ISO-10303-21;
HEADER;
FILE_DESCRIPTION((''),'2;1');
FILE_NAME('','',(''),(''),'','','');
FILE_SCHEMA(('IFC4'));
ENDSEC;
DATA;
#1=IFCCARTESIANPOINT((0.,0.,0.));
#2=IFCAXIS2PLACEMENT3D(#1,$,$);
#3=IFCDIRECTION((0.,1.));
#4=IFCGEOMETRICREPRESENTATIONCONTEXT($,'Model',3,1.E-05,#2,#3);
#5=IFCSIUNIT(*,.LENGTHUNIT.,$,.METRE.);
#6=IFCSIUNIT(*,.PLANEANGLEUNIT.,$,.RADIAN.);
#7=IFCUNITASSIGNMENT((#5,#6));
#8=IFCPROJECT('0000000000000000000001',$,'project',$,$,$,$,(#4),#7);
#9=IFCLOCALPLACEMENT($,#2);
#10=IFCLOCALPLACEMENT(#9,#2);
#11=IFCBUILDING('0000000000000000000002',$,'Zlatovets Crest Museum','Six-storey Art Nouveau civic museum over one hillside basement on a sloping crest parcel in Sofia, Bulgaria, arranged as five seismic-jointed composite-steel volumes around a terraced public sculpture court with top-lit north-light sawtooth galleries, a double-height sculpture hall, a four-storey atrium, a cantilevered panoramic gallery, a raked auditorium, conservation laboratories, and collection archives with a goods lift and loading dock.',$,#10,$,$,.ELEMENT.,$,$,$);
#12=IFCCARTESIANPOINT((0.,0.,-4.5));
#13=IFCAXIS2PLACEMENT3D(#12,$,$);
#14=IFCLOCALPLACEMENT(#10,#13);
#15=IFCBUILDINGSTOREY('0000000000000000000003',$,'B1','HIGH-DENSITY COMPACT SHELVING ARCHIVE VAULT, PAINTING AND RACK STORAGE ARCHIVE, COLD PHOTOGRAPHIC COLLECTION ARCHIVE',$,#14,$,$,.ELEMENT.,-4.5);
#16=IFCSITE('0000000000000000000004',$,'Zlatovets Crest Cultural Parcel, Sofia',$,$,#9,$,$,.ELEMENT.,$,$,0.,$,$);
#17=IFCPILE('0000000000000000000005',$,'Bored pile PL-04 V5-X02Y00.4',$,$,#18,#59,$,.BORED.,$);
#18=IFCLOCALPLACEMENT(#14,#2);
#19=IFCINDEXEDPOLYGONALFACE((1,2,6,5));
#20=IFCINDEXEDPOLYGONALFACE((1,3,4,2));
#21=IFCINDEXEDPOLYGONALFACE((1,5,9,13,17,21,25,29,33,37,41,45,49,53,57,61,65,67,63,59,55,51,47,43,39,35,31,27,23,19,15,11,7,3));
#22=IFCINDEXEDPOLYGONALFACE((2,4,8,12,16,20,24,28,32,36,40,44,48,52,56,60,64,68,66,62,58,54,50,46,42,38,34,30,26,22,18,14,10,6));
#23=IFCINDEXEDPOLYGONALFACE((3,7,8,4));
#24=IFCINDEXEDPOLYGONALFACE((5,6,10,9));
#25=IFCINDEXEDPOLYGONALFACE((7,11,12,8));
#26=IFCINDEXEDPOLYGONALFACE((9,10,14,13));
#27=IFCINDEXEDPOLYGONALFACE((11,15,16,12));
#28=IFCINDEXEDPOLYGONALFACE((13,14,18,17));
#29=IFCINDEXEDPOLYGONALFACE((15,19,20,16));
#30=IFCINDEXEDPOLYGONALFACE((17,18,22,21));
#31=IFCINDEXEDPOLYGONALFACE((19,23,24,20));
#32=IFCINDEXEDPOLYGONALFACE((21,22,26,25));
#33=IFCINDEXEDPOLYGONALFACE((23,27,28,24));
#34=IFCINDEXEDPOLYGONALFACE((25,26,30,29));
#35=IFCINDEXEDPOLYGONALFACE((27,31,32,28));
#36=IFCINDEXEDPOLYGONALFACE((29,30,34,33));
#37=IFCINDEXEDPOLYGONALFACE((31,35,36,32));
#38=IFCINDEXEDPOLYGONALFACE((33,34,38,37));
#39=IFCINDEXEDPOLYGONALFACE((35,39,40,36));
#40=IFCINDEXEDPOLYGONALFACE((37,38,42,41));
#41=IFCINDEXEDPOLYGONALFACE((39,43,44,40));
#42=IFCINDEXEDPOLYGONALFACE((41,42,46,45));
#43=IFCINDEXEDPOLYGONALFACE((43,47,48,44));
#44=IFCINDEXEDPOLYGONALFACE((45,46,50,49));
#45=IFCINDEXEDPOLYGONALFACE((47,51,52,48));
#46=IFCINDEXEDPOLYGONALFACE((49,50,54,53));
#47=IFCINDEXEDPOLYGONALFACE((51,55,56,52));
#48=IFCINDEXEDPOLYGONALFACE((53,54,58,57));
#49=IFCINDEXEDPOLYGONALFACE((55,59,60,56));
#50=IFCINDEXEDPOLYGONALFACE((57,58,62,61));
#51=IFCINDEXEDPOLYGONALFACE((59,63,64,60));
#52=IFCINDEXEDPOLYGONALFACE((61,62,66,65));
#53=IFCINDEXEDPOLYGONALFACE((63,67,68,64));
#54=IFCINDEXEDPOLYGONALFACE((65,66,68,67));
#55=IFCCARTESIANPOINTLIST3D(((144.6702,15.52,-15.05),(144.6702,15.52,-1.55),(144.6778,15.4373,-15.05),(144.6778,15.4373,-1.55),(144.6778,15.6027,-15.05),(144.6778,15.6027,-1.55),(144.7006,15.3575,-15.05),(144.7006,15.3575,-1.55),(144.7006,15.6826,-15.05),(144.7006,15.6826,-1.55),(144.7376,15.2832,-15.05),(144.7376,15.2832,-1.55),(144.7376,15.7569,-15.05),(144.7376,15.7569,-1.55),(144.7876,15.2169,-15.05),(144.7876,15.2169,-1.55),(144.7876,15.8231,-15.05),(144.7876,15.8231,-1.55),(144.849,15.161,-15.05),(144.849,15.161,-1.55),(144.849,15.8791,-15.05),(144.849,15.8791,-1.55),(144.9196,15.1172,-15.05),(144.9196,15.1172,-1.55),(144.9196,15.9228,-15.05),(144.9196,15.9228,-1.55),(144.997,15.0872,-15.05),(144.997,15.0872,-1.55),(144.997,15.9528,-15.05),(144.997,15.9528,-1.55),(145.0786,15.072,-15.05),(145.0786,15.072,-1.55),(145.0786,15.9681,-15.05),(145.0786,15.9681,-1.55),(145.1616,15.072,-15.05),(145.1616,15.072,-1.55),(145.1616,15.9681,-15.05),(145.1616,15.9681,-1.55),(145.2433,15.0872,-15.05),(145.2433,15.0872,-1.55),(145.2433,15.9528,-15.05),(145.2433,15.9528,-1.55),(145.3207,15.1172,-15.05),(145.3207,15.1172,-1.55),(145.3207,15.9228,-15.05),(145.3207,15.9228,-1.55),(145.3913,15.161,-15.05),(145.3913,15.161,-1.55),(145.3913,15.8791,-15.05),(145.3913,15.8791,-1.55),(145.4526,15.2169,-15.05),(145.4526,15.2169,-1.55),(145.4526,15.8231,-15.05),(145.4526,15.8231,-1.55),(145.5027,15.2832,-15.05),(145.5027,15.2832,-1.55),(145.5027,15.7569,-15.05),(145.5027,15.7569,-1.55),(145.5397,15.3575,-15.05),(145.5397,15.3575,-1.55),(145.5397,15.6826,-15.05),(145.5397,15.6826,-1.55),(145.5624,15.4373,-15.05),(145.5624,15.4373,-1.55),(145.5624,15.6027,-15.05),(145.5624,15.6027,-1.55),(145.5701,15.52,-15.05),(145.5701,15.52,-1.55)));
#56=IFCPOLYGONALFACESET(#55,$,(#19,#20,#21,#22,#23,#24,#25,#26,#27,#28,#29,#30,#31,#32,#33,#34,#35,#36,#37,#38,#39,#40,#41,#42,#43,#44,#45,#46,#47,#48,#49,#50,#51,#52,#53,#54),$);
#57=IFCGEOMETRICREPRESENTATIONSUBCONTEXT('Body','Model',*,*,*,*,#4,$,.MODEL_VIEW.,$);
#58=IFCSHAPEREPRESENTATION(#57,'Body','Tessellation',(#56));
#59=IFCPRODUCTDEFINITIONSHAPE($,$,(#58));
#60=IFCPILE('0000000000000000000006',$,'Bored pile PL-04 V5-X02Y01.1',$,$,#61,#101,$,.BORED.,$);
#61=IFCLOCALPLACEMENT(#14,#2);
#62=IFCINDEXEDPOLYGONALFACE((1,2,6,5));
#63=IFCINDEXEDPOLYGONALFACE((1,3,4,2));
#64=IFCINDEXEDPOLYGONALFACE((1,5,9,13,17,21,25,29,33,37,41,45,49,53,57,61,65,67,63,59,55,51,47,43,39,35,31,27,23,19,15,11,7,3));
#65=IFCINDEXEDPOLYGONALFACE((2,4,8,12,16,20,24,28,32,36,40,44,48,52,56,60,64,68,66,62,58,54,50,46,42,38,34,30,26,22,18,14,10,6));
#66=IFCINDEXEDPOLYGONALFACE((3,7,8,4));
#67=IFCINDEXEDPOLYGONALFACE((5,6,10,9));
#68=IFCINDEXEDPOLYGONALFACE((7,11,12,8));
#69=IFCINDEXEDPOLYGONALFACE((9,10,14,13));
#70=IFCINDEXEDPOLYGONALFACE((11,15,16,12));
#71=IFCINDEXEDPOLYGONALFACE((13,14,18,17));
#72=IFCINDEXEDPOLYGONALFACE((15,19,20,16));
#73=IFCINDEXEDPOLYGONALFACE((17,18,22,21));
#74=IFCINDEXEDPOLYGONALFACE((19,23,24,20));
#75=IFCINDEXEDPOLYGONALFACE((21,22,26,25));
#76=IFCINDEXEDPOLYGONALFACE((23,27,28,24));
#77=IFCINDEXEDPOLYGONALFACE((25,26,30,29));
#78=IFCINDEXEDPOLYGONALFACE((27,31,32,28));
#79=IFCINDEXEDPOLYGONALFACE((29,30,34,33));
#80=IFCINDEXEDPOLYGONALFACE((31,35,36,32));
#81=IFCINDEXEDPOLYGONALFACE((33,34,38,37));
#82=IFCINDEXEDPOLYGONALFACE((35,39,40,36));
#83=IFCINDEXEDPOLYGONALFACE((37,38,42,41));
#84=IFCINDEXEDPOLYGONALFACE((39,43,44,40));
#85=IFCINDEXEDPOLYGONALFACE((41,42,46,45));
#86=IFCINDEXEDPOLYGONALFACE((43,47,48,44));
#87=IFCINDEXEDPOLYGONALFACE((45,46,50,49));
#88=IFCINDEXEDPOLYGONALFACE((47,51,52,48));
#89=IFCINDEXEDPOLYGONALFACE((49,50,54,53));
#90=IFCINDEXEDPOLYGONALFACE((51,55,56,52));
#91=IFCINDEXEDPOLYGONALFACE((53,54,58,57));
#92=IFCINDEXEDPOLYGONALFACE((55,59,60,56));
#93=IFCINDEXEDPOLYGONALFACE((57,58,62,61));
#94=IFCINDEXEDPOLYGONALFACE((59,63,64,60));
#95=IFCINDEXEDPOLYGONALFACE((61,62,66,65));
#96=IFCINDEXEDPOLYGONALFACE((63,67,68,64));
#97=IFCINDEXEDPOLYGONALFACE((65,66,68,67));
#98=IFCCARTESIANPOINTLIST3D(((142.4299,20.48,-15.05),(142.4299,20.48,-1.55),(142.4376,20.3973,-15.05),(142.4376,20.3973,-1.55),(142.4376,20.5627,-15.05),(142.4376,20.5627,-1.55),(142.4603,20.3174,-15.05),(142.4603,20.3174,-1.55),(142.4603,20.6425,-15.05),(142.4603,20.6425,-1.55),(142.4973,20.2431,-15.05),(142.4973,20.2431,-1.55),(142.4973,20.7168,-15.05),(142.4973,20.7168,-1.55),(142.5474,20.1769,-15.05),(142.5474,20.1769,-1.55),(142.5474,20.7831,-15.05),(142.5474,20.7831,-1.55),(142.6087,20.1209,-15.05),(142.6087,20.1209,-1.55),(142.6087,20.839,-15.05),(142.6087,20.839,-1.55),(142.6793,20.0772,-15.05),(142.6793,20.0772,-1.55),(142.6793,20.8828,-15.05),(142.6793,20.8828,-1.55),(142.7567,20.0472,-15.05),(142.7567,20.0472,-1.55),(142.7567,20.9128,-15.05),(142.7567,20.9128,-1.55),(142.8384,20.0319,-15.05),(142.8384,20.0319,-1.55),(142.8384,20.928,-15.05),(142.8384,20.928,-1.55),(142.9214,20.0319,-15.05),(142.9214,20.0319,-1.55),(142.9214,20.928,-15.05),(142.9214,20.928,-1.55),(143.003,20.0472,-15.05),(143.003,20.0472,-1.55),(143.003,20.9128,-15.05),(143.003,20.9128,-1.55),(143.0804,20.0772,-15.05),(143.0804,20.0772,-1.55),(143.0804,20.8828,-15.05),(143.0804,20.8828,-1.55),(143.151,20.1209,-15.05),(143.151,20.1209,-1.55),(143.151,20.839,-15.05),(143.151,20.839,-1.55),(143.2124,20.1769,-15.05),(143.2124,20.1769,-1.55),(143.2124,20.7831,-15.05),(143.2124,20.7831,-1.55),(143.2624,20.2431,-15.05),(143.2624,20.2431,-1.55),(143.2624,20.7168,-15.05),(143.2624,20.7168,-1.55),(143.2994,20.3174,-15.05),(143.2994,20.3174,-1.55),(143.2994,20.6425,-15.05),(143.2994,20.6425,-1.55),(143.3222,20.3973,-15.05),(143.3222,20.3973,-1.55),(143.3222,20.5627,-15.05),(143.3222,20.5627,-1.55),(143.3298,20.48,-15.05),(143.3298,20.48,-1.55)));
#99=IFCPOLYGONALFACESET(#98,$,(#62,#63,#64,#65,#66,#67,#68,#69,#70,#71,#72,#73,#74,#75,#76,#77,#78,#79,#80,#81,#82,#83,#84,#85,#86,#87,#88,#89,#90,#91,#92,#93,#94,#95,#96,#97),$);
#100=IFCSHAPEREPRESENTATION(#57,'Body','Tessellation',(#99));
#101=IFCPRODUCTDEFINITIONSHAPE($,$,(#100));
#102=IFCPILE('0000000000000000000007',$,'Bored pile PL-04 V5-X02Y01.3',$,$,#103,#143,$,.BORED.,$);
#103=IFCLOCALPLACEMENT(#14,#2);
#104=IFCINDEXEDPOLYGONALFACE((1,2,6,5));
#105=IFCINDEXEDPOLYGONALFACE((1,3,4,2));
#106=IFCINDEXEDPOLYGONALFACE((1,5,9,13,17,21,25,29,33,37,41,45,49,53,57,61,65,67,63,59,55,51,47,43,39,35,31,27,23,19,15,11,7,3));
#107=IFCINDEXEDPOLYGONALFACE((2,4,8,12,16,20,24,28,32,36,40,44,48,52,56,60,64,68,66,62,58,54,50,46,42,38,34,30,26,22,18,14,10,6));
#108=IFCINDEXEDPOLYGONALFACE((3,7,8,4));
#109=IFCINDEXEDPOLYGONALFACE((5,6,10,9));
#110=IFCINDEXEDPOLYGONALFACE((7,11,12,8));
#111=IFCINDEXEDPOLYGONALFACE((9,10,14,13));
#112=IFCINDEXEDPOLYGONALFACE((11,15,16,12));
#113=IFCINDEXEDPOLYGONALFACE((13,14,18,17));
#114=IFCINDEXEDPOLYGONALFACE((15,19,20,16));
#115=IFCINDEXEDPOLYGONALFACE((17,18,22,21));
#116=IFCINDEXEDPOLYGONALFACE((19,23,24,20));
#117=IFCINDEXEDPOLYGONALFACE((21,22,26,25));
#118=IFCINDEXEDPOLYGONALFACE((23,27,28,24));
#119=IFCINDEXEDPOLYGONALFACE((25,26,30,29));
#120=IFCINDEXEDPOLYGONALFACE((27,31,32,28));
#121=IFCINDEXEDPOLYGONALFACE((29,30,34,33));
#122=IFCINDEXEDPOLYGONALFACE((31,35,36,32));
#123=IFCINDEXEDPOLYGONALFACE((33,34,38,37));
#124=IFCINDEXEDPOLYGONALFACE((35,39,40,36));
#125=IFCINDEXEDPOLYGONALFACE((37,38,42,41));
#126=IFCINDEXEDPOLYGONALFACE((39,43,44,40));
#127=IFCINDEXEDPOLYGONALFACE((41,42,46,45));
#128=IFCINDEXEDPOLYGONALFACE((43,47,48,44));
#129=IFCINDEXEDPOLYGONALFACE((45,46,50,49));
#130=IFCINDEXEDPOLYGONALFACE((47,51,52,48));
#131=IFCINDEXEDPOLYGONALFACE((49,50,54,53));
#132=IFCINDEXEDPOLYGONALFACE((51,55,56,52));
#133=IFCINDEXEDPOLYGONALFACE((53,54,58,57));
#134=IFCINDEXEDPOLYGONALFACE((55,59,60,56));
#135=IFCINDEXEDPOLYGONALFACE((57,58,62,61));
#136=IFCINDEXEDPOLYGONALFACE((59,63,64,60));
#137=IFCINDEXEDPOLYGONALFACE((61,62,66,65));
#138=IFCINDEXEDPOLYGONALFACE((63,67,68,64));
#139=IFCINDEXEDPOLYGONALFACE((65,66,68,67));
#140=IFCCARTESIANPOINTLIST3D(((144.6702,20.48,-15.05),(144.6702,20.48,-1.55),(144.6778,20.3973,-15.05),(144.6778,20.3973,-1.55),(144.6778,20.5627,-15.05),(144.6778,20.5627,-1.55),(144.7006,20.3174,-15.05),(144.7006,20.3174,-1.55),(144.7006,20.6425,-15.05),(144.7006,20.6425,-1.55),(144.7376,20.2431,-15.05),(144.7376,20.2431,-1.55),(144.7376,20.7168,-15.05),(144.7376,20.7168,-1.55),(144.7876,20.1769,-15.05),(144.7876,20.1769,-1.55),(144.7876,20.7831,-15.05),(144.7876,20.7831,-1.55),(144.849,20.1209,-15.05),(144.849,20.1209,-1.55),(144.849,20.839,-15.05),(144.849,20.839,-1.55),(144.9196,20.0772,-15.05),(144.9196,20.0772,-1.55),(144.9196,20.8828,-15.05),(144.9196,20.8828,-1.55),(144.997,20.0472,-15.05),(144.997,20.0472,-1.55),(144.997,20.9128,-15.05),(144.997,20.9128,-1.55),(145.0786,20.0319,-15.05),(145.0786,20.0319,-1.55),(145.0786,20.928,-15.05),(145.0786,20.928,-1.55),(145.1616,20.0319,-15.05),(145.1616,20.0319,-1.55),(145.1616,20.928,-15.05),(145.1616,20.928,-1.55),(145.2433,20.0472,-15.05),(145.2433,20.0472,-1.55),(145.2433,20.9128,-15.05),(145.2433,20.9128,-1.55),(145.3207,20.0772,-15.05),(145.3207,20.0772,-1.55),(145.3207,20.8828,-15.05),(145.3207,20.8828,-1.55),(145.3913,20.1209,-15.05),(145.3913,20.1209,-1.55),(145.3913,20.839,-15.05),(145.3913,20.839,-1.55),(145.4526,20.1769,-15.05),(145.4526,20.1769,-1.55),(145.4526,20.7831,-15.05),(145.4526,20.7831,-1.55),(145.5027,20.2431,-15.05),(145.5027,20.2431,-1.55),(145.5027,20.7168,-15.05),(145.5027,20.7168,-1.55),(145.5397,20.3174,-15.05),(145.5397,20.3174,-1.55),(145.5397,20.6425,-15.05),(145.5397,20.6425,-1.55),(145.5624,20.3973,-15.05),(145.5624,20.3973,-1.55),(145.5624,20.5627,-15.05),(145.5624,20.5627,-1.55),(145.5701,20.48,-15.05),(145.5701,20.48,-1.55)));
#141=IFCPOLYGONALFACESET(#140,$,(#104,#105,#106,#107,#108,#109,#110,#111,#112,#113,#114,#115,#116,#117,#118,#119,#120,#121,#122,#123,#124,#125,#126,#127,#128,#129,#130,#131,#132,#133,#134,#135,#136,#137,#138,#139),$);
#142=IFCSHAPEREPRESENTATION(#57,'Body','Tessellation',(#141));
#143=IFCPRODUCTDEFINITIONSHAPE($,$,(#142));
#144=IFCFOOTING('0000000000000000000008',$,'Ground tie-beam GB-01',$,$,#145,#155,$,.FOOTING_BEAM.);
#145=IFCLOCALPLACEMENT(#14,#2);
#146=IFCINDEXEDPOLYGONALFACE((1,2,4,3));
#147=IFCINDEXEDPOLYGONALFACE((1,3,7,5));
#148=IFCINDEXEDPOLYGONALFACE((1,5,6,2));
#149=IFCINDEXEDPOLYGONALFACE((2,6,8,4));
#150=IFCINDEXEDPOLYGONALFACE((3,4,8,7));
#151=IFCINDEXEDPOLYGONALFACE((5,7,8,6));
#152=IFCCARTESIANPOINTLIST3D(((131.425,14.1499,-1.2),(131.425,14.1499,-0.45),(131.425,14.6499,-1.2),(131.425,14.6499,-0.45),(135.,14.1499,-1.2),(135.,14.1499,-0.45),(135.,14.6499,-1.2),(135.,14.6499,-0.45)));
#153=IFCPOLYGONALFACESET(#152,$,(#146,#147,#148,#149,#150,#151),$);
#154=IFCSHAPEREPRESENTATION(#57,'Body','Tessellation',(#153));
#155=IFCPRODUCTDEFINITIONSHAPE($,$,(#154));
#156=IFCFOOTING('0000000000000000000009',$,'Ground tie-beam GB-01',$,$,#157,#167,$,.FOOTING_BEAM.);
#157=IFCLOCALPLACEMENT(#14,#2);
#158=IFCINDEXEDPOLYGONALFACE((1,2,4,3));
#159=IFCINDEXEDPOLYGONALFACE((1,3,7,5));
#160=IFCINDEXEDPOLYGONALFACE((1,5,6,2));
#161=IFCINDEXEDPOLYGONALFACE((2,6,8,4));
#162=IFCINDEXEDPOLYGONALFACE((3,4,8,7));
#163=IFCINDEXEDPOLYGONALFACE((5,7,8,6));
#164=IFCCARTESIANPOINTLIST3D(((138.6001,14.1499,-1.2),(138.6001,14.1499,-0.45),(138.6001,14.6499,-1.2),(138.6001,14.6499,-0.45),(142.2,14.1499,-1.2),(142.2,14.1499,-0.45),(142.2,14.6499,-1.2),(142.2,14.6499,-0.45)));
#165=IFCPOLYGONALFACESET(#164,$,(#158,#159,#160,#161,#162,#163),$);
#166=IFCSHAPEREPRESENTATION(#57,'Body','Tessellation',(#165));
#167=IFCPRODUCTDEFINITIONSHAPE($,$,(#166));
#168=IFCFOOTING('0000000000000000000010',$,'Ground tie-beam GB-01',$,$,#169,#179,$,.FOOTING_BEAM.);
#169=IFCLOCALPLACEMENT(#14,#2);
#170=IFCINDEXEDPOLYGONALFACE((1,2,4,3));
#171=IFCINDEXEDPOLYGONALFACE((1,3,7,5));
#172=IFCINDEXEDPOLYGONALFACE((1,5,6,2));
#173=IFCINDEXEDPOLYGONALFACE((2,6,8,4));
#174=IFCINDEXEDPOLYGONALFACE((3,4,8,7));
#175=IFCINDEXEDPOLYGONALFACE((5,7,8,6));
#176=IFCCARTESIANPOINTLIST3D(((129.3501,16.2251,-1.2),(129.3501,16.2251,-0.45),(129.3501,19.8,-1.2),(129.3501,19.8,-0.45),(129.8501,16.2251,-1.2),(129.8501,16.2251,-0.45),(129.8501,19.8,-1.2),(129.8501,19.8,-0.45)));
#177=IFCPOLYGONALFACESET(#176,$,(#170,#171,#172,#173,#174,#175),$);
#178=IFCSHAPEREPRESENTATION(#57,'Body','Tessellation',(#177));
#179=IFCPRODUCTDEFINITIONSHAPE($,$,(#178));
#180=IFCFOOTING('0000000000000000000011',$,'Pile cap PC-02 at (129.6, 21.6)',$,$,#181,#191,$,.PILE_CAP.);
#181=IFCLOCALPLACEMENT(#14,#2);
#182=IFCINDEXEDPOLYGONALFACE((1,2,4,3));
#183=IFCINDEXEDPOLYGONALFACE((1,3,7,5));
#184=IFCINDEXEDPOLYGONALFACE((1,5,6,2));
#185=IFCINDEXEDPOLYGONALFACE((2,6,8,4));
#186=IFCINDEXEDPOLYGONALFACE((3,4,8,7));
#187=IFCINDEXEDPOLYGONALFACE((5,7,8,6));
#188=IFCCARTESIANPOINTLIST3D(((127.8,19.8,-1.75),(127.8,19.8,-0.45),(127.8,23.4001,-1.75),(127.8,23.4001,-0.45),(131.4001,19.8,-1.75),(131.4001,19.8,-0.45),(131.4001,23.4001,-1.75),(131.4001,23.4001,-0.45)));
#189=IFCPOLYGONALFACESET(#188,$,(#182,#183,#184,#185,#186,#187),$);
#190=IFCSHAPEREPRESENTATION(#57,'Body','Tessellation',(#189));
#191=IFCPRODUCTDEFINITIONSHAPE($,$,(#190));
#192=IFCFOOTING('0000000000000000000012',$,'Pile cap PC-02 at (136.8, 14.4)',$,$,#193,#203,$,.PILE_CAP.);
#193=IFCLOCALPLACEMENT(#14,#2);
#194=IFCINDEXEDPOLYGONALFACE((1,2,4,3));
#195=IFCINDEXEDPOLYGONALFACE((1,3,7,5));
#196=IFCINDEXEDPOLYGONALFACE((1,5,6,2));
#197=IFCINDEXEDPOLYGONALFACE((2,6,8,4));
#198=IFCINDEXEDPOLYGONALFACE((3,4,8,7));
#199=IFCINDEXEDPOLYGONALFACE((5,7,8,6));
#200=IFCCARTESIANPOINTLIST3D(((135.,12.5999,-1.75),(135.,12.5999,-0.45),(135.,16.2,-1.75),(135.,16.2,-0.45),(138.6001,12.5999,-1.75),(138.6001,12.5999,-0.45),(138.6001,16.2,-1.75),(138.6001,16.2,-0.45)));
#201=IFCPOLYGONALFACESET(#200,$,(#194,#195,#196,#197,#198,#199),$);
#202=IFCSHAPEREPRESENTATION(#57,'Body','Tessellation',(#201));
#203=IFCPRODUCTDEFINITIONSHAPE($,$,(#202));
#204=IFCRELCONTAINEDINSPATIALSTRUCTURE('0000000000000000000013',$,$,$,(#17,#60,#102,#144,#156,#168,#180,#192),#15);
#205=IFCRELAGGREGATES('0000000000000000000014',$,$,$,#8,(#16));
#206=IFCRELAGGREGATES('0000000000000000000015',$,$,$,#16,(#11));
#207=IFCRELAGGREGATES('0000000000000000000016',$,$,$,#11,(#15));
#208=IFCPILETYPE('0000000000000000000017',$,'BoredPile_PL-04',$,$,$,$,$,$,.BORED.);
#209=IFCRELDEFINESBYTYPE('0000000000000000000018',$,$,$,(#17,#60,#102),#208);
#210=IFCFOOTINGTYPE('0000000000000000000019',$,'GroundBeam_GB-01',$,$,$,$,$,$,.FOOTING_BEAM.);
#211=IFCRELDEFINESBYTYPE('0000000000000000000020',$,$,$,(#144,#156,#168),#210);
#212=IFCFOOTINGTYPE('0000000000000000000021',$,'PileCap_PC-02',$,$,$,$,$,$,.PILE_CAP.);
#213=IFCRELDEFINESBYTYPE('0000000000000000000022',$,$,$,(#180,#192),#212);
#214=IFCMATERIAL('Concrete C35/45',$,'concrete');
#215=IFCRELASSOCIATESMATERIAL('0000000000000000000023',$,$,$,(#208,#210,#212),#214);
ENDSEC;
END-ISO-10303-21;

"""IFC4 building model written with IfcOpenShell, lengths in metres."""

from ifc_helpers import new_model, si_unit, direction, frame, origin, origin_2d, place, context, subcontext, project, spatial, rectangle, circle, extrude, material, material_profile, profile_set, type_object, element, save


model = new_model("IFC4")

# Units and contexts
model_context = context("Model", 3, precision=1e-05, world=origin(), true_north=direction((0.0, 1.0)))
body_context = subcontext(model_context, "Body", "Model", "MODEL_VIEW")
ifc_project = project(units=[si_unit("LENGTHUNIT", "METRE"), si_unit("PLANEANGLEUNIT", "RADIAN")], contexts=[model_context])

# Site, building, storey
site_placement = place(None, origin())
site = spatial("IfcSite", under=ifc_project, at=site_placement, Name="Zlatovets Crest Cultural Parcel, Sofia", CompositionType="ELEMENT", RefElevation=0.0)
building_placement = place(site_placement, origin())
building = spatial("IfcBuilding", under=site, at=building_placement, Name="Zlatovets Crest Museum", Description="Six-storey Art Nouveau civic museum over one hillside basement on a sloping crest parcel in Sofia, Bulgaria, arranged as five seismic-jointed composite-steel volumes around a terraced public sculpture court with top-lit north-light sawtooth galleries, a double-height sculpture hall, a four-storey atrium, a cantilevered panoramic gallery, a raked auditorium, conservation laboratories, and collection archives with a goods lift and loading dock.", CompositionType="ELEMENT")
storey_placement = place(building_placement, frame((0.0, 0.0, -4.5)))
storey = spatial("IfcBuildingStorey", under=building, at=storey_placement, Name="B1", Description="HIGH-DENSITY COMPACT SHELVING ARCHIVE VAULT, PAINTING AND RACK STORAGE ARCHIVE, COLD PHOTOGRAPHIC COLLECTION ARCHIVE", CompositionType="ELEMENT", Elevation=-4.5)

# Piles
ifc_material_1 = material(Name="Concrete C35/45", Category="concrete")
ifc_material_profile_1 = material_profile(ifc_material_1, circle(Radius=0.45, at=origin_2d()), Name="PILE D900")
ifc_profile_set_1 = profile_set([ifc_material_profile_1], Name="Concrete C35/45")
pile_type = type_object("IfcPileType", Name="BoredPile_PL-04", PredefinedType="BORED", material=ifc_profile_set_1)
for number, where, z_axis, x_axis, name in (
    (1, (145.1201, 15.52, -1.55), (0.0, 0.0, -1.0), (1.0, 0.0, 0.0), "Bored pile PL-04 V5-X02Y00.4"),
    (2, (142.8799, 20.48, -1.55), (0.0, 0.0, -1.0), (1.0, 0.0, 0.0), "Bored pile PL-04 V5-X02Y01.1"),
    (3, (145.1201, 20.48, -1.55), (0.0, 0.0, -1.0), (1.0, 0.0, 0.0), "Bored pile PL-04 V5-X02Y01.3"),
):
    element("IfcPile", number, at=place(storey_placement, frame(where, z_axis=z_axis, x_axis=x_axis)), inside=storey, type_object=pile_type, Name=name, PredefinedType="BORED", context=body_context, shape_type="SweptSolid", body=[
        extrude(circle(Radius=0.45, at=origin_2d()), origin(), (0.0, 0.0, 1.0), 13.5),
    ])

# Footings
ifc_material_profile_2 = material_profile(ifc_material_1, rectangle(XDim=0.5, YDim=0.75, at=origin_2d()), Name="RC 500x750")
ifc_profile_set_2 = profile_set([ifc_material_profile_2], Name="Concrete C35/45")
footing_type_1 = type_object("IfcFootingType", Name="GroundBeam_GB-01", PredefinedType="FOOTING_BEAM", material=ifc_profile_set_2)
footing_1_placement = place(storey_placement, frame((131.425, 14.3999, -0.825), z_axis=(1.0, 0.0, 0.0), x_axis=(0.0, 1.0, 0.0)))
element("IfcFooting", 4, at=footing_1_placement, inside=storey, type_object=footing_type_1, Name="Ground tie-beam GB-01", PredefinedType="FOOTING_BEAM", context=body_context, shape_type="SweptSolid", body=[
    extrude(rectangle(XDim=0.5, YDim=0.75, at=origin_2d()), origin(), (0.0, 0.0, 1.0), 3.575),
])
footing_2_placement = place(storey_placement, frame((138.6001, 14.3999, -0.825), z_axis=(1.0, 0.0, 0.0), x_axis=(0.0, 1.0, 0.0)))
element("IfcFooting", 5, at=footing_2_placement, inside=storey, type_object=footing_type_1, Name="Ground tie-beam GB-01", PredefinedType="FOOTING_BEAM", context=body_context, shape_type="SweptSolid", body=[
    extrude(rectangle(XDim=0.5, YDim=0.75, at=origin_2d()), origin(), (0.0, 0.0, 1.0), 3.5999),
])
footing_3_placement = place(storey_placement, frame((129.6001, 16.2251, -0.825), z_axis=(0.0, 1.0, 0.0), x_axis=(-1.0, 0.0, 0.0)))
element("IfcFooting", 6, at=footing_3_placement, inside=storey, type_object=footing_type_1, Name="Ground tie-beam GB-01", PredefinedType="FOOTING_BEAM", context=body_context, shape_type="SweptSolid", body=[
    extrude(rectangle(XDim=0.5, YDim=0.75, at=origin_2d()), origin(), (0.0, 0.0, 1.0), 3.575),
])
footing_type_2 = type_object("IfcFootingType", Name="PileCap_PC-02", PredefinedType="PILE_CAP", material=ifc_material_1)
for number, where, z_axis, x_axis, name in (
    (7, (129.6001, 21.6001, -1.75), (0.0, 0.0, 1.0), (1.0, 0.0, 0.0), "Pile cap PC-02 at (129.6, 21.6)"),
    (8, (136.8, 14.3999, -1.75), (0.0, 0.0, 1.0), (1.0, 0.0, 0.0), "Pile cap PC-02 at (136.8, 14.4)"),
):
    element("IfcFooting", number, at=place(storey_placement, frame(where, z_axis=z_axis, x_axis=x_axis)), inside=storey, type_object=footing_type_2, Name=name, PredefinedType="PILE_CAP", context=body_context, shape_type="SweptSolid", body=[
        extrude(rectangle(XDim=3.6001, YDim=3.6001, at=origin_2d()), origin(), (0.0, 0.0, 1.0), 1.3),
    ])

save(model, "model.ifc")
